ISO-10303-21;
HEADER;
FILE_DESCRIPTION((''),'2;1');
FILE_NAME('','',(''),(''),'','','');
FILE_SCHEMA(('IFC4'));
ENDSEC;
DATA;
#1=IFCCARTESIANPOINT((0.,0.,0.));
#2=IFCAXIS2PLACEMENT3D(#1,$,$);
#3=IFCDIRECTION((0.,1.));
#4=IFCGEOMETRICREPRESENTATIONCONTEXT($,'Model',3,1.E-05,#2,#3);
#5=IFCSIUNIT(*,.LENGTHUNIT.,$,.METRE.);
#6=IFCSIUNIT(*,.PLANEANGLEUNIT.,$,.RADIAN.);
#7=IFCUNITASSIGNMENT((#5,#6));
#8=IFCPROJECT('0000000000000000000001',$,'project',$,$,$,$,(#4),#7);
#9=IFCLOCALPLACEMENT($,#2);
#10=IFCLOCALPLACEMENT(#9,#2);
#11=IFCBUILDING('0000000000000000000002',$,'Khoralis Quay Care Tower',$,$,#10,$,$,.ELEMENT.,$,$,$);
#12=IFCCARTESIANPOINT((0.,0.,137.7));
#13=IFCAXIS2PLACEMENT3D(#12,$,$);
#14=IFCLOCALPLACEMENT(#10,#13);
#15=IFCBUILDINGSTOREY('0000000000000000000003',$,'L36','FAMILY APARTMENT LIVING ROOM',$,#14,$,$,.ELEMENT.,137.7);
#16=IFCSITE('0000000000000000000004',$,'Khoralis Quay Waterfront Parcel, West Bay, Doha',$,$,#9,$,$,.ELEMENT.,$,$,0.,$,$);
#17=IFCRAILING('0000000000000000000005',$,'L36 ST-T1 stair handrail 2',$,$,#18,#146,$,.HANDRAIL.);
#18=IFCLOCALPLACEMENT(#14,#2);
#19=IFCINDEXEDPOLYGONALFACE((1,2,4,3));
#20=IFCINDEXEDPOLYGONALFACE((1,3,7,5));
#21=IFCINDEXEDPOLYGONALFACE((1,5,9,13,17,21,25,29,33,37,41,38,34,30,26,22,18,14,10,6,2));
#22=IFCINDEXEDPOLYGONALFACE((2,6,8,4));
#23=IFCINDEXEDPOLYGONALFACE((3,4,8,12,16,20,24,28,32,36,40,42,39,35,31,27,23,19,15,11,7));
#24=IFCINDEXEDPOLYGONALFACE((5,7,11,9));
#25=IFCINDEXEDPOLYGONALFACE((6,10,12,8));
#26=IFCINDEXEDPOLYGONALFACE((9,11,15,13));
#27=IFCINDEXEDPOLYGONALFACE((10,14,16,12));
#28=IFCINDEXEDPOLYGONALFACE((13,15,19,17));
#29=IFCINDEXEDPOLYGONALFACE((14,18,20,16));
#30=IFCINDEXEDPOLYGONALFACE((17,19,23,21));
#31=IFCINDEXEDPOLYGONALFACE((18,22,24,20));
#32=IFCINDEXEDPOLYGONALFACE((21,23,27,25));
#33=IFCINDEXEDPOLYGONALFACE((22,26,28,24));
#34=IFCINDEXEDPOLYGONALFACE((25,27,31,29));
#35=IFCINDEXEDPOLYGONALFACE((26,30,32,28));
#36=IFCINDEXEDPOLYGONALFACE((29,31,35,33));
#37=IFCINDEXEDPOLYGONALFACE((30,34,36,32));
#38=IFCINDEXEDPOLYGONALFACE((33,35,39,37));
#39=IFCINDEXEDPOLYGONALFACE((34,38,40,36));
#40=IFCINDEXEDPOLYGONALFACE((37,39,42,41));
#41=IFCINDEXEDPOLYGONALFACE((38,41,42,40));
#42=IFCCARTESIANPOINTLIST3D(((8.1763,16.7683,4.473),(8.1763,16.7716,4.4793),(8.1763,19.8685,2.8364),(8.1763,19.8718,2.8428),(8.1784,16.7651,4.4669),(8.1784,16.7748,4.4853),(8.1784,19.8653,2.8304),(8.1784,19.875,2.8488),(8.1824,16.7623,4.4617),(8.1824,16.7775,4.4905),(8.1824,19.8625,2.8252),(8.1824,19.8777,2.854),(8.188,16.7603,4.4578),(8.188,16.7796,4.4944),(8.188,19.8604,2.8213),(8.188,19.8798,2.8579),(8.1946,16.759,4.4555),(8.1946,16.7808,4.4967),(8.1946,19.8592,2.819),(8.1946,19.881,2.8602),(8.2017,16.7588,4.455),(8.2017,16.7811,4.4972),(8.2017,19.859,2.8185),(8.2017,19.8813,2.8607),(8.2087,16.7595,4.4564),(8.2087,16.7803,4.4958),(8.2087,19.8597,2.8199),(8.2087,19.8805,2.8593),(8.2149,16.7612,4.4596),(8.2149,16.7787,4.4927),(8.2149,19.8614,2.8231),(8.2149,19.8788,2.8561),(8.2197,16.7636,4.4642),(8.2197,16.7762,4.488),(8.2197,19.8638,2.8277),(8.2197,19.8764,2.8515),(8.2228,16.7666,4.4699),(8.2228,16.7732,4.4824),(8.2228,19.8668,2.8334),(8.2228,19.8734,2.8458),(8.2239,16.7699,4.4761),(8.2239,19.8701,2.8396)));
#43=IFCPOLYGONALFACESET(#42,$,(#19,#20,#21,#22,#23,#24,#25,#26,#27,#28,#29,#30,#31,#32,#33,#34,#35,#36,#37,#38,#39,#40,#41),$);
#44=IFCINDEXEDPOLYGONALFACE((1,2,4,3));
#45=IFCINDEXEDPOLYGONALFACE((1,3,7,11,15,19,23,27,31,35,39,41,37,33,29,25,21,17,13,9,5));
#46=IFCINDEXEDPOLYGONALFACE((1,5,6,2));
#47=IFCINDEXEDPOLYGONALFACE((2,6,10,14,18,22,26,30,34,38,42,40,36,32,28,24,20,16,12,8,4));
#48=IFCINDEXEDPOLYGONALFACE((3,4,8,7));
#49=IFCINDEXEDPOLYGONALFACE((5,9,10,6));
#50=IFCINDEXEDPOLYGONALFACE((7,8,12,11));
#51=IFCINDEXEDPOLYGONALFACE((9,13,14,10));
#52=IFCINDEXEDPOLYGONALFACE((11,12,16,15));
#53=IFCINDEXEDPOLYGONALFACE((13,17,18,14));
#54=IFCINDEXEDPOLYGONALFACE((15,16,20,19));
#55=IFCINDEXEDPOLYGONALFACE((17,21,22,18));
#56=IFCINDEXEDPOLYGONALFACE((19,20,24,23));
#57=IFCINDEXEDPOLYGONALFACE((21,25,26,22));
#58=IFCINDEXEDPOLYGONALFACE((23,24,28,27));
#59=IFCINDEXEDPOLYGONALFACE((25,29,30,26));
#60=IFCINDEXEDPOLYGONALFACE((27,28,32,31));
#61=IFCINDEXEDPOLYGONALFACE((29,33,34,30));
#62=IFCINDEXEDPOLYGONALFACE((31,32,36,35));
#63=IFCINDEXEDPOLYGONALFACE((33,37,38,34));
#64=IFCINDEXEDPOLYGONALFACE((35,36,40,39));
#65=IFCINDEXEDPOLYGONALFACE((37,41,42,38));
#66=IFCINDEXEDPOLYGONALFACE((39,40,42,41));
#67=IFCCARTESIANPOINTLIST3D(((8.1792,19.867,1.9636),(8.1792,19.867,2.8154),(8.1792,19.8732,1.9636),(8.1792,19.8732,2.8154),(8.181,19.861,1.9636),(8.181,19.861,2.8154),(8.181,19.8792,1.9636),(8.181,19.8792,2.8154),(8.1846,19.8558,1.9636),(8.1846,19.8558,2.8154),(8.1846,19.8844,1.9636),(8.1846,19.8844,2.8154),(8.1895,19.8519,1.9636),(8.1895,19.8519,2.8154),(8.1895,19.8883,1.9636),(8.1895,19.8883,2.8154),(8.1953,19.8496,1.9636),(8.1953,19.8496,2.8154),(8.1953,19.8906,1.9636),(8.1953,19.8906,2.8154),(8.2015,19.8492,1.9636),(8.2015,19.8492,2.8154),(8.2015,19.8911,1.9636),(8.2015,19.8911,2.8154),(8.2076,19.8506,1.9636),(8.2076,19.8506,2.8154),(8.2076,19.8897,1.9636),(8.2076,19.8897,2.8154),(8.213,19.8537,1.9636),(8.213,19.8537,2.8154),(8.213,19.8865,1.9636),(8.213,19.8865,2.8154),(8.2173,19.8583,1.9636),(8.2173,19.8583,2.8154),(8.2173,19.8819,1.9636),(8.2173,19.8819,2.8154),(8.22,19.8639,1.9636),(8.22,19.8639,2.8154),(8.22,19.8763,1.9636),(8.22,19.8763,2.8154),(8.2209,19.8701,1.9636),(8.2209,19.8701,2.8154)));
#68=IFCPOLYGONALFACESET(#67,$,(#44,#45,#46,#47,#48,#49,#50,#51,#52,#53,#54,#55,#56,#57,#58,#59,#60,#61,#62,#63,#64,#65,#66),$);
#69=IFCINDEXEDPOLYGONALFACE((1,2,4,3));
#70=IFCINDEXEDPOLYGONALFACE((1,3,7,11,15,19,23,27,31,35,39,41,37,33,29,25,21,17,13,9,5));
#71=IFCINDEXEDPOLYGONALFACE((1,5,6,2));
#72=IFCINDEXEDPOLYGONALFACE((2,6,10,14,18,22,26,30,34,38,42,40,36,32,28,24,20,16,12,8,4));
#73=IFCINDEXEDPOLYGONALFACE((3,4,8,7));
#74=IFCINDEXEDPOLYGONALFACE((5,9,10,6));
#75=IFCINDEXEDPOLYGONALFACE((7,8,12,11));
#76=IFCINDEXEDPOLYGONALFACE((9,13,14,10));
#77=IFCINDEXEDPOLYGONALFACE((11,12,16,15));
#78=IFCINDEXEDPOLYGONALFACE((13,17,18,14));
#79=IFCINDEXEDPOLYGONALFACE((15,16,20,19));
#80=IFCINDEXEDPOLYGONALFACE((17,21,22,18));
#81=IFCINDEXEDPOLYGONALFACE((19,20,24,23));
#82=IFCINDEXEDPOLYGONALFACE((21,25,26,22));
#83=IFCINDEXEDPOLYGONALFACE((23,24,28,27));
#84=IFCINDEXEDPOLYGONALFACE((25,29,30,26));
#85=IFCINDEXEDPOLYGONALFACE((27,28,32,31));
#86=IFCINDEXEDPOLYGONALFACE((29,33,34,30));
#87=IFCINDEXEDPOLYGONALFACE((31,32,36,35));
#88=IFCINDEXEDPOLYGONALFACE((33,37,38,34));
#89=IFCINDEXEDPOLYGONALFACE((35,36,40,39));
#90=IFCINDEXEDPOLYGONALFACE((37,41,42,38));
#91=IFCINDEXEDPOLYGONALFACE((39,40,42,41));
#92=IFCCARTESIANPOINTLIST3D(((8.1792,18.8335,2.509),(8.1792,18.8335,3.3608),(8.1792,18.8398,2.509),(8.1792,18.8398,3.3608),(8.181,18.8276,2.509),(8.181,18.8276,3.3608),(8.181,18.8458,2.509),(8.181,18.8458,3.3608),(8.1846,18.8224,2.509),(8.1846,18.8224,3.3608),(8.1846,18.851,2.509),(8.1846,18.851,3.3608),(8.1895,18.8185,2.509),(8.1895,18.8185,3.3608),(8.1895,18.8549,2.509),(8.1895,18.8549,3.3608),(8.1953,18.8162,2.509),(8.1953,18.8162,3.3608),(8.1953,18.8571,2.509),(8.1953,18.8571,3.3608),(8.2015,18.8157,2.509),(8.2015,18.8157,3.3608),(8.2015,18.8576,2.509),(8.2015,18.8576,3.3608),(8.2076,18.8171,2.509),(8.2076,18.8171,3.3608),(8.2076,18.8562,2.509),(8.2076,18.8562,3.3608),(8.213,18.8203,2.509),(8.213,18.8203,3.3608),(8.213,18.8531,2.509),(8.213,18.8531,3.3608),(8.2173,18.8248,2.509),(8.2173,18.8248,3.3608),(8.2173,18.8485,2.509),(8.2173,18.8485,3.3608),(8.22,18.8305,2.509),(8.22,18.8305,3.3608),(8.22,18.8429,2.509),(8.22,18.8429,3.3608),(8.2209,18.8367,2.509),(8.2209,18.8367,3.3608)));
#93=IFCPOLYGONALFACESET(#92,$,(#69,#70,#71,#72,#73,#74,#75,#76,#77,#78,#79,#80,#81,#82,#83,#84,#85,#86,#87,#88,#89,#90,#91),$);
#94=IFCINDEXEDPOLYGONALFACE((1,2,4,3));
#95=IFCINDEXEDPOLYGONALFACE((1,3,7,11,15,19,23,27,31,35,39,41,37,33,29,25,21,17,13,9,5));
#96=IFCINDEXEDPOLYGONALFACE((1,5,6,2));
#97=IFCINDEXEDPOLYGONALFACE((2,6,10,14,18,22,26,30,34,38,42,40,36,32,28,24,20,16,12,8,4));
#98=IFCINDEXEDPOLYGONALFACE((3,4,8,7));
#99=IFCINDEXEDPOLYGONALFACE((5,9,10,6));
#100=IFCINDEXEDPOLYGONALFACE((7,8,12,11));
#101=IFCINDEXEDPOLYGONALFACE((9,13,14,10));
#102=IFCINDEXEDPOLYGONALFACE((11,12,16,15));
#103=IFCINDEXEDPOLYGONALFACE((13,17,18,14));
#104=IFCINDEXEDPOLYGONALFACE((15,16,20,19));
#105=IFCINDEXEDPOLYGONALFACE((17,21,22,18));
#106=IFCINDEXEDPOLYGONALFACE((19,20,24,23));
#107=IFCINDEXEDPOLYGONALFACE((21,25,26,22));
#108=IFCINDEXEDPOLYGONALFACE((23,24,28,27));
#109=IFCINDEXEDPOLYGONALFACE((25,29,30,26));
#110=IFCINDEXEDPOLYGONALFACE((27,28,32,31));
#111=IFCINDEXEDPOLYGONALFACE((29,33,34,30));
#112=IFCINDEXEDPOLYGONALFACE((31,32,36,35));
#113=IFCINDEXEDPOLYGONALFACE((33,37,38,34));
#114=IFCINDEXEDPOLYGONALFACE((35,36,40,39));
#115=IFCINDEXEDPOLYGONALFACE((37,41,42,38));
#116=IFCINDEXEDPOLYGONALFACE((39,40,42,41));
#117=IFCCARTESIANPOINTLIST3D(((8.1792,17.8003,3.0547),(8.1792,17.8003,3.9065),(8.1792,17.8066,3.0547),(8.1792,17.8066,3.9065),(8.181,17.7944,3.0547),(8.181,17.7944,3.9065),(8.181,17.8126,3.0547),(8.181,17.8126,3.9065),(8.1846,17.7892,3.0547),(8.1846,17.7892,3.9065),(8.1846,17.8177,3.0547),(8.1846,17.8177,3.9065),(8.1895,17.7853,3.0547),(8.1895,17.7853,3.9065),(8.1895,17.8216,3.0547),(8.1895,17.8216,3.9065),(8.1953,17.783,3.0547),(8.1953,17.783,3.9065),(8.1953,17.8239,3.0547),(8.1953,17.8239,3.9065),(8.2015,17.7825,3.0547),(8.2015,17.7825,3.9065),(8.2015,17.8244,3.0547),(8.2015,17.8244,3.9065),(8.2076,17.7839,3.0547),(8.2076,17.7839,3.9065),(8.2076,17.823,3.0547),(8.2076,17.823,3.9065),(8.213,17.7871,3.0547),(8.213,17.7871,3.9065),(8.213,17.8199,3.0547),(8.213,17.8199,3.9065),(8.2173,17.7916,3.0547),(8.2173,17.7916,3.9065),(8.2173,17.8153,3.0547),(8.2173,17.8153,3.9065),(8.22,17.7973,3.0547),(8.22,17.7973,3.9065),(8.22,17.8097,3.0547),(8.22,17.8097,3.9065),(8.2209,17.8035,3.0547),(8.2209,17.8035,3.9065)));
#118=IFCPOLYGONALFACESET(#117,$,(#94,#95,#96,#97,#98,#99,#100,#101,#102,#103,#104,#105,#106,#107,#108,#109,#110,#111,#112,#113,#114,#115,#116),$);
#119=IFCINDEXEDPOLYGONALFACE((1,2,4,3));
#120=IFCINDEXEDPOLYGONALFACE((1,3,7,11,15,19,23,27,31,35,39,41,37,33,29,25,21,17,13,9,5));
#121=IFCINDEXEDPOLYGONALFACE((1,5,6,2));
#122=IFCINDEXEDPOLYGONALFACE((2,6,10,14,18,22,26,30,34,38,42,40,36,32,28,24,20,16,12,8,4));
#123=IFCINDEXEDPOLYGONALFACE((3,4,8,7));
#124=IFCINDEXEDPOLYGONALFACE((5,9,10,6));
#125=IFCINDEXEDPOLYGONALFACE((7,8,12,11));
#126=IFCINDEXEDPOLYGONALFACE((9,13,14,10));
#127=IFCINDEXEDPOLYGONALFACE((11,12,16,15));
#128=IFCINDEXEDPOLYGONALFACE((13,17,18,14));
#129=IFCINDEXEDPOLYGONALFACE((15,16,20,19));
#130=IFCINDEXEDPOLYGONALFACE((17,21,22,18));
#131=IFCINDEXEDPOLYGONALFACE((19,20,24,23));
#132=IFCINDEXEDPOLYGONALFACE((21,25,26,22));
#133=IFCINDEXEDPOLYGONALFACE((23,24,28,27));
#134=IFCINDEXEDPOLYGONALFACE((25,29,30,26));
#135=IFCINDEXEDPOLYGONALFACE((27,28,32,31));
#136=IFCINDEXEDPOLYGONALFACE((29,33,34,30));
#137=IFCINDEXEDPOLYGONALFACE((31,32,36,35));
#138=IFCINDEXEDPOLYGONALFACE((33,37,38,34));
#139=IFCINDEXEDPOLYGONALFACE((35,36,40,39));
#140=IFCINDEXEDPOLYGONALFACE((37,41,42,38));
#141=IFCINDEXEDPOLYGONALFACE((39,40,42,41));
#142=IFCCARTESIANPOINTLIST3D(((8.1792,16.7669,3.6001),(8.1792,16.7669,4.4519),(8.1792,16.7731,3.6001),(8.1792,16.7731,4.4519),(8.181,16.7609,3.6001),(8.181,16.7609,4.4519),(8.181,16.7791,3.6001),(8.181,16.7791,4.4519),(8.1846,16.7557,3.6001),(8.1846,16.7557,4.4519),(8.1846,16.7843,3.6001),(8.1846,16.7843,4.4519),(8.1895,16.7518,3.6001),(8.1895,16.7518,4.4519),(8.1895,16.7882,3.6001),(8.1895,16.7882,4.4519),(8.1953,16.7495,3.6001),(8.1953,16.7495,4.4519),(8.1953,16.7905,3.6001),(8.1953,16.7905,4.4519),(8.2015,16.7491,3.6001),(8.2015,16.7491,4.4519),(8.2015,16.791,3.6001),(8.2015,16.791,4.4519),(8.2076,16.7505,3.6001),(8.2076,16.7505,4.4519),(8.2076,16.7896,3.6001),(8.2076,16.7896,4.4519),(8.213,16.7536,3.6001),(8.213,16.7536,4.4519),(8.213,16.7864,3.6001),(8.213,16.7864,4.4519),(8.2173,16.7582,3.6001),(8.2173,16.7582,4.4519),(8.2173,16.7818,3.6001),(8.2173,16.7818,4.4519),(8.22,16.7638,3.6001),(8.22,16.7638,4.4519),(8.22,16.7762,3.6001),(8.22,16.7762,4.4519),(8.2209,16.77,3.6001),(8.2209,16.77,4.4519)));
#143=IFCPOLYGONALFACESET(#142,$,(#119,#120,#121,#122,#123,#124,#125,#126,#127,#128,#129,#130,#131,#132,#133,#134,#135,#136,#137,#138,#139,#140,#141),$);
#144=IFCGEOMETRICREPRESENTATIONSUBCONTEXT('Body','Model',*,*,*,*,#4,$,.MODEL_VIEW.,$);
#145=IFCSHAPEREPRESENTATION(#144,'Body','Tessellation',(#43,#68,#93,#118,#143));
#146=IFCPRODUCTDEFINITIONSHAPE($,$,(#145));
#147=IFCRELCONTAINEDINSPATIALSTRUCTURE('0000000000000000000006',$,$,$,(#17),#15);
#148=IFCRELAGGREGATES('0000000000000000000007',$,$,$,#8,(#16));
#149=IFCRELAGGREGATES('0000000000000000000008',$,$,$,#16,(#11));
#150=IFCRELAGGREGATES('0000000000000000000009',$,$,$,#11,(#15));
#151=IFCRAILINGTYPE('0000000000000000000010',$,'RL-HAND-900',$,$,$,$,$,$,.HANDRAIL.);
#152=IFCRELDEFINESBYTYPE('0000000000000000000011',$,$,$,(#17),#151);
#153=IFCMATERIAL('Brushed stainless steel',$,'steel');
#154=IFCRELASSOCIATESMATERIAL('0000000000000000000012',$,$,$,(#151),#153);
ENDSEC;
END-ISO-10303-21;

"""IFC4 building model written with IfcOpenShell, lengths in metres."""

from ifc_helpers import new_model, si_unit, direction, frame, origin, origin_2d, place, context, subcontext, project, spatial, circle, extrude, material, type_object, element, save


model = new_model("IFC4")

# Units and contexts
model_context = context("Model", 3, precision=1e-05, world=origin(), true_north=direction((0.0, 1.0)))
body_context = subcontext(model_context, "Body", "Model", "MODEL_VIEW")
ifc_project = project(units=[si_unit("LENGTHUNIT", "METRE"), si_unit("PLANEANGLEUNIT", "RADIAN")], contexts=[model_context])

# Site, building, storey
site_placement = place(None, origin())
site = spatial("IfcSite", under=ifc_project, at=site_placement, Name="Khoralis Quay Waterfront Parcel, West Bay, Doha", CompositionType="ELEMENT", RefElevation=0.0)
building_placement = place(site_placement, origin())
building = spatial("IfcBuilding", under=site, at=building_placement, Name="Khoralis Quay Care Tower", CompositionType="ELEMENT")
storey_placement = place(building_placement, frame((0.0, 0.0, 137.7)))
storey = spatial("IfcBuildingStorey", under=building, at=storey_placement, Name="L36", Description="FAMILY APARTMENT LIVING ROOM", CompositionType="ELEMENT", Elevation=137.7)

# Railing
ifc_material_1 = material(Name="Brushed stainless steel", Category="steel")
railing_type_1 = type_object("IfcRailingType", Name="RL-HAND-900", PredefinedType="HANDRAIL", material=ifc_material_1)
railing_1_placement = place(storey_placement, frame((8.2, 19.8701, 1.9636)))
element("IfcRailing", 1, at=railing_1_placement, inside=storey, type_object=railing_type_1, Name="L36 ST-T1 stair handrail 2", PredefinedType="HANDRAIL", context=body_context, shape_type="SweptSolid", body=[
    extrude(circle(Radius=0.0239, at=origin_2d()), frame((0.0, 0.0, 0.876), z_axis=(0.0, -0.884348, 0.466828), x_axis=(1.0, 0.0, 0.0)), (0.0, 0.0, 1.0), 3.5056),
    extrude(circle(Radius=0.021, at=origin_2d()), origin(), (0.0, 0.0, 1.0), 0.8518),
    extrude(circle(Radius=0.021, at=origin_2d()), frame((0.0, -1.0334, 0.5454)), (0.0, 0.0, 1.0), 0.8518),
    extrude(circle(Radius=0.021, at=origin_2d()), frame((0.0, -2.0667, 1.0911)), (0.0, 0.0, 1.0), 0.8518),
    extrude(circle(Radius=0.021, at=origin_2d()), frame((0.0, -3.1001, 1.6365)), (0.0, 0.0, 1.0), 0.8518),
])

save(model, "model.ifc")
